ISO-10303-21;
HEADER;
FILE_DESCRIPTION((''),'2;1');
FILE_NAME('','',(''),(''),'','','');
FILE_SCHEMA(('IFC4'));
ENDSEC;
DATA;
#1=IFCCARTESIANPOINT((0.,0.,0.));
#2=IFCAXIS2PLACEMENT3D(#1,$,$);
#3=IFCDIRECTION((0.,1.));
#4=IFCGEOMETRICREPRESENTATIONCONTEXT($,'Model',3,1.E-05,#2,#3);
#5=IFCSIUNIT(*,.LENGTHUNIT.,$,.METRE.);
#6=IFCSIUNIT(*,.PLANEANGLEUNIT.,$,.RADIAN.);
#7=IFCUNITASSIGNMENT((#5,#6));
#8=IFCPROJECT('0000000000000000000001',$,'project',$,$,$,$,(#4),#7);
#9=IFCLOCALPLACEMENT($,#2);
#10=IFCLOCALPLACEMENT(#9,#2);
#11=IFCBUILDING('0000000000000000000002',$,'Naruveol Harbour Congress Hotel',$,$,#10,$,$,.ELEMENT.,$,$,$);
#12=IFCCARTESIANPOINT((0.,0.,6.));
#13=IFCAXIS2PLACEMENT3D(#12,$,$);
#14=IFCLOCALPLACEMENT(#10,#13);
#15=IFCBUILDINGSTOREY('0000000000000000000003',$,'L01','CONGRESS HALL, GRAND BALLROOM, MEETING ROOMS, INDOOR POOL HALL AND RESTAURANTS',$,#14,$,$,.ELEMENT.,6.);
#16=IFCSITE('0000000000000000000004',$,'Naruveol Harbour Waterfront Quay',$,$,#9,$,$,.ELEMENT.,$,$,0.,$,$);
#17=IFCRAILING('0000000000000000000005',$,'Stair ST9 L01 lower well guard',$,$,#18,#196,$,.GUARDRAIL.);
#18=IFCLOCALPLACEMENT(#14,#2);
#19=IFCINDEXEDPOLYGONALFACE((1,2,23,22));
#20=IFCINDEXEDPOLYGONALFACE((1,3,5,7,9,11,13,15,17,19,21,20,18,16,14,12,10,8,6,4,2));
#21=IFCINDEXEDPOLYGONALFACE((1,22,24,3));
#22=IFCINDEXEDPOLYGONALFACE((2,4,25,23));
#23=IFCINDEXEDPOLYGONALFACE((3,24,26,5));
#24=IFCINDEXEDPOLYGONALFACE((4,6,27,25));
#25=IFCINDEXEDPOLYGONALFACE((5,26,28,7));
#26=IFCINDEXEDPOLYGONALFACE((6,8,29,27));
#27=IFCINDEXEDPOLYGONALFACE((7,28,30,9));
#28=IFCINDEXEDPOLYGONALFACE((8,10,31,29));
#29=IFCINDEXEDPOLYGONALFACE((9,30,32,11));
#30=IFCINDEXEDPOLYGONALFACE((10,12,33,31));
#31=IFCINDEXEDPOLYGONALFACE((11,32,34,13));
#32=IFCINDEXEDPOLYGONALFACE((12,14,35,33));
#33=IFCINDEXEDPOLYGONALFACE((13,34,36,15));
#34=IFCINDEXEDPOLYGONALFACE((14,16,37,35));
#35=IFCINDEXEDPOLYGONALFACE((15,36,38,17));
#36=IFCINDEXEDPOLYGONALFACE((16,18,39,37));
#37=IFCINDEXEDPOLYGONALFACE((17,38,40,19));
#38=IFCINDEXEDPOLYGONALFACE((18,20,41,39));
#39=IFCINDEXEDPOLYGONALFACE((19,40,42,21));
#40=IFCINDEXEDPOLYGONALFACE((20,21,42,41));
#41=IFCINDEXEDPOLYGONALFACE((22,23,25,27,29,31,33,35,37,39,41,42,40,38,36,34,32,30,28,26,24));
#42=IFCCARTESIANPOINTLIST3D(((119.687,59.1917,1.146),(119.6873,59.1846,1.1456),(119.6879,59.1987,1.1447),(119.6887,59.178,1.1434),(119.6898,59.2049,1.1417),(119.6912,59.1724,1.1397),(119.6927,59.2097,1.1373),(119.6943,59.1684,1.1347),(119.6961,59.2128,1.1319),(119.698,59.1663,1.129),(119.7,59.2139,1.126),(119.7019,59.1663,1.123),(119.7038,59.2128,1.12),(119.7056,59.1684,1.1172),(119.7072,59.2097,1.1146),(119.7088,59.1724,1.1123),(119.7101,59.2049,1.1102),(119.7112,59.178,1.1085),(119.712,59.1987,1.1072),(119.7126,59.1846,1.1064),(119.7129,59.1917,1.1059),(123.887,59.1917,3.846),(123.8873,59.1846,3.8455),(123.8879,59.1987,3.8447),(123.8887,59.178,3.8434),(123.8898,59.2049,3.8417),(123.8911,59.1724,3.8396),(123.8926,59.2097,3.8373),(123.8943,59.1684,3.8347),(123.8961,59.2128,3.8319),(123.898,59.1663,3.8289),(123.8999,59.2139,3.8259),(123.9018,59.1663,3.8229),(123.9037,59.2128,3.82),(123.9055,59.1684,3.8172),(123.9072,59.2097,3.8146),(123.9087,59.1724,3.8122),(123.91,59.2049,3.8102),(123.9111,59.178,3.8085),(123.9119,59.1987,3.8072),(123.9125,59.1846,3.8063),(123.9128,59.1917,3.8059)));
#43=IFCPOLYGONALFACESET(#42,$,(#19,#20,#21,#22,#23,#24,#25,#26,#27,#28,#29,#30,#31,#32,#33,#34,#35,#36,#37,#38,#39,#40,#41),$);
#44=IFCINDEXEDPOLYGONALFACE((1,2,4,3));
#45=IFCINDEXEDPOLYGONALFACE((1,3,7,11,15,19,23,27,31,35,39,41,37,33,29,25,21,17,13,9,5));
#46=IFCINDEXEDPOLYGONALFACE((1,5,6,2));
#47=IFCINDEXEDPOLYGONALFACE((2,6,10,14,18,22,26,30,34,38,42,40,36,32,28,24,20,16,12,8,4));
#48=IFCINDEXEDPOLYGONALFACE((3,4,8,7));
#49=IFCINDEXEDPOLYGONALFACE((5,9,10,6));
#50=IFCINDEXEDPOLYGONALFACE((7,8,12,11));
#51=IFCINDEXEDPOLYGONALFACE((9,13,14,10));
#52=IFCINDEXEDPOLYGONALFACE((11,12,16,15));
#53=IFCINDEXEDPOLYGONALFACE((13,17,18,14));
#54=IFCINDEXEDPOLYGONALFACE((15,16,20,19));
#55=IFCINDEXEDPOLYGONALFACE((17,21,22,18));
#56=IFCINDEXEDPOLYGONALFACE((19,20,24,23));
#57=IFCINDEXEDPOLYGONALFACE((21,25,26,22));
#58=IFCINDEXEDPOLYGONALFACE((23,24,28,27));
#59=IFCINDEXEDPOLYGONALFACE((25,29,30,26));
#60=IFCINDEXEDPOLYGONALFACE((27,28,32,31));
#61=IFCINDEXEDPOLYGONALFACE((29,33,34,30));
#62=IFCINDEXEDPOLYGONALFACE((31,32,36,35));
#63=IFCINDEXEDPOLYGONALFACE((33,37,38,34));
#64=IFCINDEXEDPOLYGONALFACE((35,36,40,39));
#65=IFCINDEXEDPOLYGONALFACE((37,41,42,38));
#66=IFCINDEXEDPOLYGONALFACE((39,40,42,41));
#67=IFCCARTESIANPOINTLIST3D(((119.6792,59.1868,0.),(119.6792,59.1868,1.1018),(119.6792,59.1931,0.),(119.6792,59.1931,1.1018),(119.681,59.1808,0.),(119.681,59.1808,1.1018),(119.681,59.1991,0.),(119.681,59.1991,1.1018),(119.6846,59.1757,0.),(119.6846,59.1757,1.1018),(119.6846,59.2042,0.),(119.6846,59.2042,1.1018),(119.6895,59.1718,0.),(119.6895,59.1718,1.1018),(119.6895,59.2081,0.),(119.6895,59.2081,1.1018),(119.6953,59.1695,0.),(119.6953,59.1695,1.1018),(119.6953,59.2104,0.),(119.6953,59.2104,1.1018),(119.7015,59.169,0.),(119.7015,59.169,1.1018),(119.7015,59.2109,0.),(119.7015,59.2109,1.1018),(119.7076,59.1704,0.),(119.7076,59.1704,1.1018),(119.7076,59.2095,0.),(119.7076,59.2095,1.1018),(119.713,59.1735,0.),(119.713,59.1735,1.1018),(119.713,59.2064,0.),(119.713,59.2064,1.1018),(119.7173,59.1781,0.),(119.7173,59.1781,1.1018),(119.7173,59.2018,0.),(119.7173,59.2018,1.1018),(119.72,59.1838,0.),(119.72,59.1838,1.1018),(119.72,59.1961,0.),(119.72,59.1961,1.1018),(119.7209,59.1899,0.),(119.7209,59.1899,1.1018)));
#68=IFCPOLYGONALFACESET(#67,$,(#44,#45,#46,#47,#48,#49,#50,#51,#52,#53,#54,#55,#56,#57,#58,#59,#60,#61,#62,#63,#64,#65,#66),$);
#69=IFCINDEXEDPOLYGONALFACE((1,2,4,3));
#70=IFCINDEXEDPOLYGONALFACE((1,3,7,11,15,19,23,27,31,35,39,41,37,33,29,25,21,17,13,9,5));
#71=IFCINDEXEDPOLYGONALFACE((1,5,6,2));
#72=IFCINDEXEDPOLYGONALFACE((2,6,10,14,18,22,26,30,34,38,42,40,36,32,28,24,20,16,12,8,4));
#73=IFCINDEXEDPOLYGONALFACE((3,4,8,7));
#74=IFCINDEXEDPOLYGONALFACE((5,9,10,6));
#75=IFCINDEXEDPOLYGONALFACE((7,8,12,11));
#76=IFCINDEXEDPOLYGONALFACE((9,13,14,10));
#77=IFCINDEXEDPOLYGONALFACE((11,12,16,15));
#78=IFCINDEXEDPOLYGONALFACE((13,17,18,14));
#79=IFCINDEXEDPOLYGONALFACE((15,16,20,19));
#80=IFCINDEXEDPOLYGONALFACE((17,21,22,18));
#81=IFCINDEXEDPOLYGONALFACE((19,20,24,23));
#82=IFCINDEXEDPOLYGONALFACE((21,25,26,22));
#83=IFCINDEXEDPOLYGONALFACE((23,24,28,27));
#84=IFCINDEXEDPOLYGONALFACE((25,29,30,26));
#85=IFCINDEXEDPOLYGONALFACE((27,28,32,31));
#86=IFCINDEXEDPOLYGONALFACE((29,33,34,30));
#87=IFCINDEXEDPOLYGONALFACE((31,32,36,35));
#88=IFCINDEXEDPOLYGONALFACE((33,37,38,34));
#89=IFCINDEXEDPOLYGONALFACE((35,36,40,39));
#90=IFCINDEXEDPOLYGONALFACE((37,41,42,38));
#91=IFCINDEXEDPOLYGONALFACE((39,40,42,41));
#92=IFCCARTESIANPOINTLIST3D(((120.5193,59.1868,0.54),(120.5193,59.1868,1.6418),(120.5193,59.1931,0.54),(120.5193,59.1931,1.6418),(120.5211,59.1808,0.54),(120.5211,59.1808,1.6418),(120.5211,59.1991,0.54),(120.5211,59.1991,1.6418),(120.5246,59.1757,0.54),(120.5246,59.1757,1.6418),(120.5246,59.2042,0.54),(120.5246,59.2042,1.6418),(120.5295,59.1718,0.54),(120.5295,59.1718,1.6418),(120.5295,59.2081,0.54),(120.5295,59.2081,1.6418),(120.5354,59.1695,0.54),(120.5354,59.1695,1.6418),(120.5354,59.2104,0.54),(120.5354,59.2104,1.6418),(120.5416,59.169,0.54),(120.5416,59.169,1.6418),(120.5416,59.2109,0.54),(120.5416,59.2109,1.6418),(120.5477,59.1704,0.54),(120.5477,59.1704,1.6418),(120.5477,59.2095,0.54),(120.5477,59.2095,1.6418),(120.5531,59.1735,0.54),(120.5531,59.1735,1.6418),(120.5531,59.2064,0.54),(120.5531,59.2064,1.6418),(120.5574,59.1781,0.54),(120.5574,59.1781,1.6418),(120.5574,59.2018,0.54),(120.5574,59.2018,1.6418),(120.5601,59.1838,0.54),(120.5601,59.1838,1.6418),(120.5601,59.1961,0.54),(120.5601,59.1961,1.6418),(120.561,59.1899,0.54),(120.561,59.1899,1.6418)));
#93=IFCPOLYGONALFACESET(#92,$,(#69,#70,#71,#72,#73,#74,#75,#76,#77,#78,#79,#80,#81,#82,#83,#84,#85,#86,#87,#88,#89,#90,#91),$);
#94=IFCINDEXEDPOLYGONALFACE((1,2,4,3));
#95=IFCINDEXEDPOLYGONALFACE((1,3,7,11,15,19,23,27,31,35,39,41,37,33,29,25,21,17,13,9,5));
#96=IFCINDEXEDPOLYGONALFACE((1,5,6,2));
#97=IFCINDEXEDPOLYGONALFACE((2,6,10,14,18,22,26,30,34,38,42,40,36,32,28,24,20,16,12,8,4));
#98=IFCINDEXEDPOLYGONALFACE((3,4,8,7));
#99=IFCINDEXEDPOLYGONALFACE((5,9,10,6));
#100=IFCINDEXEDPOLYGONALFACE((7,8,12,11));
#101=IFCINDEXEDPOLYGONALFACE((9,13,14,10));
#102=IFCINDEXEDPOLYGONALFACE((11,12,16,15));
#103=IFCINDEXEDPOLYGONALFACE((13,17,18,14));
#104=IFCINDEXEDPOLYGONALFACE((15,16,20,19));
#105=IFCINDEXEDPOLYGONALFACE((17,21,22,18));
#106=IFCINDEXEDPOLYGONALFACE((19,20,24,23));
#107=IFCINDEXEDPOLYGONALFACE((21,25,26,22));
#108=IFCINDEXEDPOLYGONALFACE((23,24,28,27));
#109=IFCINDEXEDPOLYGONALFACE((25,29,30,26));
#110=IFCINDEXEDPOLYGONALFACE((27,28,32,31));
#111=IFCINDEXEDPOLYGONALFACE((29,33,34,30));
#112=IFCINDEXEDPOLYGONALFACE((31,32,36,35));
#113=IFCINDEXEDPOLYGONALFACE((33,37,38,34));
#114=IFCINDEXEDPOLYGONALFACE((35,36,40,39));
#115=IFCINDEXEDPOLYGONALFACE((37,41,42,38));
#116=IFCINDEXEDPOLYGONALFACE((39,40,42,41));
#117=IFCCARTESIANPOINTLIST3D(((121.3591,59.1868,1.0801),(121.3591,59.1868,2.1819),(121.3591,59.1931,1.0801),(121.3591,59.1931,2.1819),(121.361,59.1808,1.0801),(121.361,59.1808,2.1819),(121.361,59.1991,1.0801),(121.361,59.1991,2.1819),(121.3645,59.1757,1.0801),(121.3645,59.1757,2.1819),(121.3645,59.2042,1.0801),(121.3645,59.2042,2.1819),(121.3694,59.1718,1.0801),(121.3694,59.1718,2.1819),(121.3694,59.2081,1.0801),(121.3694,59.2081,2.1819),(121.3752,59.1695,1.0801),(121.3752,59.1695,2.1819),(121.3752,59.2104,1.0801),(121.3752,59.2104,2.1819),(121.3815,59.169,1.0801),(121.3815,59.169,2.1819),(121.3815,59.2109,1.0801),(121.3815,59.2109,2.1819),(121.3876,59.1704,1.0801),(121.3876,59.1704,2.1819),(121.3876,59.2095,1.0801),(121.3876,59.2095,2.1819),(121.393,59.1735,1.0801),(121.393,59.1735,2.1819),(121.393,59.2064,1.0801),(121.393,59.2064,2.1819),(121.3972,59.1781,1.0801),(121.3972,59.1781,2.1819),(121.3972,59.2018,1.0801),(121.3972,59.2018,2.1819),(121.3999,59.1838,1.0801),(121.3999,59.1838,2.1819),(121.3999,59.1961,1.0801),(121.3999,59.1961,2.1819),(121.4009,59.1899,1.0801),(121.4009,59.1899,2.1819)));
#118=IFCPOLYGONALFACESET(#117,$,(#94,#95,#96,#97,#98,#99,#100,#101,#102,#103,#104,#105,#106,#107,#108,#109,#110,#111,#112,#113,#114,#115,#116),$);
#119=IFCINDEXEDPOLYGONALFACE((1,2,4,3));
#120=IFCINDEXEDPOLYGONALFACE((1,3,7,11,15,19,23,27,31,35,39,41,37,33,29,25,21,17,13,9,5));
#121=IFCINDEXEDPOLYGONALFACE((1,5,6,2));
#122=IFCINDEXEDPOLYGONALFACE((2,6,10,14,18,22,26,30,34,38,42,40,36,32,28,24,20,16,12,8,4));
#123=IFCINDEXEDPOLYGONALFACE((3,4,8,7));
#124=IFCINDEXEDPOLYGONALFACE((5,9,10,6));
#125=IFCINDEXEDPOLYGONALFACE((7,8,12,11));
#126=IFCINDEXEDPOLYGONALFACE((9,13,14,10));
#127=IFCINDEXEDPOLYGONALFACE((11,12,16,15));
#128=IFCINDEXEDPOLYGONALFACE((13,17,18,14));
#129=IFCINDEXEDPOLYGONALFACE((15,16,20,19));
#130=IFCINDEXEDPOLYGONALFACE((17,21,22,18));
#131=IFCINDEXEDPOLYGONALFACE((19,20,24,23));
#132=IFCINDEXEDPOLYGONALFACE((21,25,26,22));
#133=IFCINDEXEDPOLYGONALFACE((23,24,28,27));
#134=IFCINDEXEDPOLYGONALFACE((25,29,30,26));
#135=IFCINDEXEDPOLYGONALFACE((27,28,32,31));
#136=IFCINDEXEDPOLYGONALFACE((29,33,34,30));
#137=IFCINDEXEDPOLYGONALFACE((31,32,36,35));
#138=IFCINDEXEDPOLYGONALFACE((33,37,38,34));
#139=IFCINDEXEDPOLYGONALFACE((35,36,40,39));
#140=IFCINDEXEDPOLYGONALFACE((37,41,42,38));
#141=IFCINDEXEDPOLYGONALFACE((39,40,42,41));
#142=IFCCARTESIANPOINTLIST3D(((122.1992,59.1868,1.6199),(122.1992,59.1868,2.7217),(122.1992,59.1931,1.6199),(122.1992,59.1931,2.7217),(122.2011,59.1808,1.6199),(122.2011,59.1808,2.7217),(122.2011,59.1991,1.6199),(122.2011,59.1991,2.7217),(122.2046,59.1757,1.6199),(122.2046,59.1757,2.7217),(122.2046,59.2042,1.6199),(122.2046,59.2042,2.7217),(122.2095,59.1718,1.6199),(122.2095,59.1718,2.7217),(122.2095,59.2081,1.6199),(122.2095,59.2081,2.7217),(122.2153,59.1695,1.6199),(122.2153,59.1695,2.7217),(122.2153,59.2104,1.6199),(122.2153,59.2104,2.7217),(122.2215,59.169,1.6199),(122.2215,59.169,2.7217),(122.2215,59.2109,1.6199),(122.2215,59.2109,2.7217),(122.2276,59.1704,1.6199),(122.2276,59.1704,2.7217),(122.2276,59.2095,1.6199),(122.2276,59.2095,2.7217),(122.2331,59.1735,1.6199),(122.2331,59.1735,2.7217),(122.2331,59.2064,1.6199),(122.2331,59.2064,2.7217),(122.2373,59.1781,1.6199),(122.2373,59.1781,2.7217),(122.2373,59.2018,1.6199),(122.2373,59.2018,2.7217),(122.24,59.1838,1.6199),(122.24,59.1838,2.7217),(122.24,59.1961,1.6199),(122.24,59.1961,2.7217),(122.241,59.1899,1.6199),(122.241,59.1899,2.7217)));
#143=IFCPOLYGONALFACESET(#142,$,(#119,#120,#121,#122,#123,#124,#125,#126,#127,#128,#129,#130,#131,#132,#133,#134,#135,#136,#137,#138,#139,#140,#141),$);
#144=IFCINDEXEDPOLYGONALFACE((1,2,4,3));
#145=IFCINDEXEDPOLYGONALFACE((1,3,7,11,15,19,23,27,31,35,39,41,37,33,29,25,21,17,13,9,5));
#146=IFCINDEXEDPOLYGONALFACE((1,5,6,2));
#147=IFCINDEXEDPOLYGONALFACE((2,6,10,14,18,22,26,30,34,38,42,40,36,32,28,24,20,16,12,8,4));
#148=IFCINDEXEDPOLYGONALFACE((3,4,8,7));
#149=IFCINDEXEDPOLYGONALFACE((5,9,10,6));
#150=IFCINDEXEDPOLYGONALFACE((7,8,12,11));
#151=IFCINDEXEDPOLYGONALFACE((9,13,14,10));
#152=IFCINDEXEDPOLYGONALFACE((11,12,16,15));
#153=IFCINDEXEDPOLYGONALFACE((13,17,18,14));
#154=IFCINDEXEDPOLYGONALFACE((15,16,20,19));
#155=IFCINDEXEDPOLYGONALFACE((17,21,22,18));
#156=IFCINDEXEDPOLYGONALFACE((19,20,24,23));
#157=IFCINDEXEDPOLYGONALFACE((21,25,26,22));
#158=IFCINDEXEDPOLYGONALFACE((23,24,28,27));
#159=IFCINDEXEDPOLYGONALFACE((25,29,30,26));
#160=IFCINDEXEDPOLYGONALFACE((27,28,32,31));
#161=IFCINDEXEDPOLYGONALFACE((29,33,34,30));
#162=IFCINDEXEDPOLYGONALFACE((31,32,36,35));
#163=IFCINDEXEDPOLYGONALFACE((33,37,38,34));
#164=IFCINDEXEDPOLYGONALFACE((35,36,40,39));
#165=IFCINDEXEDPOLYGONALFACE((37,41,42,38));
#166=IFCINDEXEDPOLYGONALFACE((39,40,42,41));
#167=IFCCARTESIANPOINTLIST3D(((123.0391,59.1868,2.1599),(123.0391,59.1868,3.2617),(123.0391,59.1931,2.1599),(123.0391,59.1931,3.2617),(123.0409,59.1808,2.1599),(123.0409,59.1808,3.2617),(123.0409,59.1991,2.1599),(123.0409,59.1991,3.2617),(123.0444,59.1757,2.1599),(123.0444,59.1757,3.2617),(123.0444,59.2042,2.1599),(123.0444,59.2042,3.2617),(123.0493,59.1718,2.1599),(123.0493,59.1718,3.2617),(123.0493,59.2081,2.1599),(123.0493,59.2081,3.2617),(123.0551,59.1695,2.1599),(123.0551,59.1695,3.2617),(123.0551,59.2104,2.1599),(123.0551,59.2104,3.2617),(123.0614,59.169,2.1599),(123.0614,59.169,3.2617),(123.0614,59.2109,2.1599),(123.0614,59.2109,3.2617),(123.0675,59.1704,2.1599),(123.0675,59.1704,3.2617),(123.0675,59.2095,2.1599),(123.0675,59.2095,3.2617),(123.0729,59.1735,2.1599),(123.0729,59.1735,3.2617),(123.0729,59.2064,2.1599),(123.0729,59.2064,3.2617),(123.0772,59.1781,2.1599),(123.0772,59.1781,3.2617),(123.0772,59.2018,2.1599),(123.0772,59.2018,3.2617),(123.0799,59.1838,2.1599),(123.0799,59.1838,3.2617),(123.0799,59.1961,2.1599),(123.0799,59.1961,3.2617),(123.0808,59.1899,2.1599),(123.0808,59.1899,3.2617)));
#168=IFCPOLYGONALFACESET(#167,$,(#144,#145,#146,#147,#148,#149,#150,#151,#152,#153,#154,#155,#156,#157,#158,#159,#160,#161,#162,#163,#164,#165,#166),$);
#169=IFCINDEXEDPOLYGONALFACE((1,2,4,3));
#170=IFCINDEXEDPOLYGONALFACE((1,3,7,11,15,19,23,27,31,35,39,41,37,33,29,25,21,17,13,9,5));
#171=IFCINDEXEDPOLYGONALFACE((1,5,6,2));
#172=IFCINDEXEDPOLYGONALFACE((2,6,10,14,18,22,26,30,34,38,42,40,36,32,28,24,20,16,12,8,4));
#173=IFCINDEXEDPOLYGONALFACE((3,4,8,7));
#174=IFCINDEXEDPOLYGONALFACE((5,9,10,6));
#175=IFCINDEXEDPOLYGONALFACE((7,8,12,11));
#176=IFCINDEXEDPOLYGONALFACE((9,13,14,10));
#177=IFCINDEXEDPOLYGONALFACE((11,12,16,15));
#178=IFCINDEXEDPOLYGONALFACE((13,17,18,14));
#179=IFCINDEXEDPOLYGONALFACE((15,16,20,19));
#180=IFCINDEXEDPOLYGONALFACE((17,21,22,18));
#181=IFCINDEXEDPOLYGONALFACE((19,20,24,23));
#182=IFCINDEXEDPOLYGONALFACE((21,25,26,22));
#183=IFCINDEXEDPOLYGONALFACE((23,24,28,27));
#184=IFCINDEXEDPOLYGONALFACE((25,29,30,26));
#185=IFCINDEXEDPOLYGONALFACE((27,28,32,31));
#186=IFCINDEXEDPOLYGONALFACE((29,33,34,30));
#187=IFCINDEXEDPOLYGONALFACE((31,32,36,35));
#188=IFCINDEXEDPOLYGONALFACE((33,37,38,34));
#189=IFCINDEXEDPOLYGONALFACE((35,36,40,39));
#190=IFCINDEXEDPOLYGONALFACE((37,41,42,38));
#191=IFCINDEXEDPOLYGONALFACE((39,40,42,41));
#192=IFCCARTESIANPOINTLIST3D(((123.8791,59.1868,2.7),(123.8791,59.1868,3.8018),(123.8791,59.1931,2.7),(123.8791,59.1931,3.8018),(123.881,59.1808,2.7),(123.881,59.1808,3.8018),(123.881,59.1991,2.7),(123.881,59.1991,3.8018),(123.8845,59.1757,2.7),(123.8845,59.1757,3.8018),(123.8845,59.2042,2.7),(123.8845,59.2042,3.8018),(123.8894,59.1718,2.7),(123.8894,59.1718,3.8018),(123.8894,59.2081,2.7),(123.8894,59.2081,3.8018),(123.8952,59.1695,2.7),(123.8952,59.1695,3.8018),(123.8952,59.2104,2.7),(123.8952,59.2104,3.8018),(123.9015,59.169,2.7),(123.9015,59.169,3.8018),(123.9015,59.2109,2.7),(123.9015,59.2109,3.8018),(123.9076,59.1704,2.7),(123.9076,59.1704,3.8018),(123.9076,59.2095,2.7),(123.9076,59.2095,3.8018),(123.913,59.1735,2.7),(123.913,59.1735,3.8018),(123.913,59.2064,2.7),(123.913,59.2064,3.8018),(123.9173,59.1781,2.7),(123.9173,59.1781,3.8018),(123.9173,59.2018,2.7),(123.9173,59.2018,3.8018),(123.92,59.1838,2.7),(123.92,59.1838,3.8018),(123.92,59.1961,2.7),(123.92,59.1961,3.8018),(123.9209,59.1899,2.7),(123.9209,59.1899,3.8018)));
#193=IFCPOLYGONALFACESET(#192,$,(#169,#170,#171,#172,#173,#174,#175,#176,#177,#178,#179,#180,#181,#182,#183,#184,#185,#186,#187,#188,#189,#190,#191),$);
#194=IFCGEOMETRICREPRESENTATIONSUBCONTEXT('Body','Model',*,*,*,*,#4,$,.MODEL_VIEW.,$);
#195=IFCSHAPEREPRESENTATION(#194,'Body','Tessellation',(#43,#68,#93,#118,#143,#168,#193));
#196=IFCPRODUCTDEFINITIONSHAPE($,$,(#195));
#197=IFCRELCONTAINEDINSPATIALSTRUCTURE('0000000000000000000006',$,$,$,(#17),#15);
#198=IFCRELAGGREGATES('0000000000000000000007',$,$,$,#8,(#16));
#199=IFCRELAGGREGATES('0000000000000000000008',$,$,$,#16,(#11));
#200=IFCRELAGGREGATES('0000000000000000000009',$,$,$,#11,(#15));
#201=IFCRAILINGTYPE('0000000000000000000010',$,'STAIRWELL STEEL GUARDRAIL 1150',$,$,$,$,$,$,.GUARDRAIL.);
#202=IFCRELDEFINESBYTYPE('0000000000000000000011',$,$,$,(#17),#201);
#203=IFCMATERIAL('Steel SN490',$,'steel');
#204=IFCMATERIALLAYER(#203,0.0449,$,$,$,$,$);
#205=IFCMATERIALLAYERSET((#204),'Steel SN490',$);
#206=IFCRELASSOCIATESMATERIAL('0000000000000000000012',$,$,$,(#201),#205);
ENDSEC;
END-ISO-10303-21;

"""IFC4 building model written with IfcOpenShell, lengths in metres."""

from ifc_helpers import new_model, si_unit, direction, frame, origin, origin_2d, place, context, subcontext, project, spatial, circle, extrude, material, layer, layer_set, type_object, element, save


model = new_model("IFC4")

# Units and contexts
model_context = context("Model", 3, precision=1e-05, world=origin(), true_north=direction((0.0, 1.0)))
body_context = subcontext(model_context, "Body", "Model", "MODEL_VIEW")
ifc_project = project(units=[si_unit("LENGTHUNIT", "METRE"), si_unit("PLANEANGLEUNIT", "RADIAN")], contexts=[model_context])

# Site, building, storey
site_placement = place(None, origin())
site = spatial("IfcSite", under=ifc_project, at=site_placement, Name="Naruveol Harbour Waterfront Quay", CompositionType="ELEMENT", RefElevation=0.0)
building_placement = place(site_placement, origin())
building = spatial("IfcBuilding", under=site, at=building_placement, Name="Naruveol Harbour Congress Hotel", CompositionType="ELEMENT")
storey_placement = place(building_placement, frame((0.0, 0.0, 6.0)))
storey = spatial("IfcBuildingStorey", under=building, at=storey_placement, Name="L01", Description="CONGRESS HALL, GRAND BALLROOM, MEETING ROOMS, INDOOR POOL HALL AND RESTAURANTS", CompositionType="ELEMENT", Elevation=6.0)

# Railing
ifc_material_1 = material(Name="Steel SN490", Category="steel")
ifc_layer_1 = layer(ifc_material_1, 0.0449)
ifc_layer_set_1 = layer_set([ifc_layer_1], Name="Steel SN490")
railing_type_1 = type_object("IfcRailingType", Name="STAIRWELL STEEL GUARDRAIL 1150", PredefinedType="GUARDRAIL", material=ifc_layer_set_1)
railing_1_placement = place(storey_placement, frame((119.7, 59.1899, 0.0)))
element("IfcRailing", 1, at=railing_1_placement, inside=storey, type_object=railing_type_1, Name="Stair ST9 L01 lower well guard", PredefinedType="GUARDRAIL", context=body_context, shape_type="SweptSolid", body=[
    extrude(circle(Radius=0.0239, at=origin_2d()), frame((0.0, 0.0, 1.126), z_axis=(0.84118, 0.0, 0.540755), x_axis=(0.0, 1.0, 0.0)), (0.0, 0.0, 1.0), 4.9929),
    extrude(circle(Radius=0.021, at=origin_2d()), origin(), (0.0, 0.0, 1.0), 1.1018),
    extrude(circle(Radius=0.021, at=origin_2d()), frame((0.8401, 0.0, 0.54)), (0.0, 0.0, 1.0), 1.1018),
    extrude(circle(Radius=0.021, at=origin_2d()), frame((1.6799, 0.0, 1.0801)), (0.0, 0.0, 1.0), 1.1018),
    extrude(circle(Radius=0.021, at=origin_2d()), frame((2.52, 0.0, 1.6199)), (0.0, 0.0, 1.0), 1.1018),
    extrude(circle(Radius=0.021, at=origin_2d()), frame((3.3599, 0.0, 2.1599)), (0.0, 0.0, 1.0), 1.1018),
    extrude(circle(Radius=0.021, at=origin_2d()), frame((4.2, 0.0, 2.7)), (0.0, 0.0, 1.0), 1.1018),
])

save(model, "model.ifc")
